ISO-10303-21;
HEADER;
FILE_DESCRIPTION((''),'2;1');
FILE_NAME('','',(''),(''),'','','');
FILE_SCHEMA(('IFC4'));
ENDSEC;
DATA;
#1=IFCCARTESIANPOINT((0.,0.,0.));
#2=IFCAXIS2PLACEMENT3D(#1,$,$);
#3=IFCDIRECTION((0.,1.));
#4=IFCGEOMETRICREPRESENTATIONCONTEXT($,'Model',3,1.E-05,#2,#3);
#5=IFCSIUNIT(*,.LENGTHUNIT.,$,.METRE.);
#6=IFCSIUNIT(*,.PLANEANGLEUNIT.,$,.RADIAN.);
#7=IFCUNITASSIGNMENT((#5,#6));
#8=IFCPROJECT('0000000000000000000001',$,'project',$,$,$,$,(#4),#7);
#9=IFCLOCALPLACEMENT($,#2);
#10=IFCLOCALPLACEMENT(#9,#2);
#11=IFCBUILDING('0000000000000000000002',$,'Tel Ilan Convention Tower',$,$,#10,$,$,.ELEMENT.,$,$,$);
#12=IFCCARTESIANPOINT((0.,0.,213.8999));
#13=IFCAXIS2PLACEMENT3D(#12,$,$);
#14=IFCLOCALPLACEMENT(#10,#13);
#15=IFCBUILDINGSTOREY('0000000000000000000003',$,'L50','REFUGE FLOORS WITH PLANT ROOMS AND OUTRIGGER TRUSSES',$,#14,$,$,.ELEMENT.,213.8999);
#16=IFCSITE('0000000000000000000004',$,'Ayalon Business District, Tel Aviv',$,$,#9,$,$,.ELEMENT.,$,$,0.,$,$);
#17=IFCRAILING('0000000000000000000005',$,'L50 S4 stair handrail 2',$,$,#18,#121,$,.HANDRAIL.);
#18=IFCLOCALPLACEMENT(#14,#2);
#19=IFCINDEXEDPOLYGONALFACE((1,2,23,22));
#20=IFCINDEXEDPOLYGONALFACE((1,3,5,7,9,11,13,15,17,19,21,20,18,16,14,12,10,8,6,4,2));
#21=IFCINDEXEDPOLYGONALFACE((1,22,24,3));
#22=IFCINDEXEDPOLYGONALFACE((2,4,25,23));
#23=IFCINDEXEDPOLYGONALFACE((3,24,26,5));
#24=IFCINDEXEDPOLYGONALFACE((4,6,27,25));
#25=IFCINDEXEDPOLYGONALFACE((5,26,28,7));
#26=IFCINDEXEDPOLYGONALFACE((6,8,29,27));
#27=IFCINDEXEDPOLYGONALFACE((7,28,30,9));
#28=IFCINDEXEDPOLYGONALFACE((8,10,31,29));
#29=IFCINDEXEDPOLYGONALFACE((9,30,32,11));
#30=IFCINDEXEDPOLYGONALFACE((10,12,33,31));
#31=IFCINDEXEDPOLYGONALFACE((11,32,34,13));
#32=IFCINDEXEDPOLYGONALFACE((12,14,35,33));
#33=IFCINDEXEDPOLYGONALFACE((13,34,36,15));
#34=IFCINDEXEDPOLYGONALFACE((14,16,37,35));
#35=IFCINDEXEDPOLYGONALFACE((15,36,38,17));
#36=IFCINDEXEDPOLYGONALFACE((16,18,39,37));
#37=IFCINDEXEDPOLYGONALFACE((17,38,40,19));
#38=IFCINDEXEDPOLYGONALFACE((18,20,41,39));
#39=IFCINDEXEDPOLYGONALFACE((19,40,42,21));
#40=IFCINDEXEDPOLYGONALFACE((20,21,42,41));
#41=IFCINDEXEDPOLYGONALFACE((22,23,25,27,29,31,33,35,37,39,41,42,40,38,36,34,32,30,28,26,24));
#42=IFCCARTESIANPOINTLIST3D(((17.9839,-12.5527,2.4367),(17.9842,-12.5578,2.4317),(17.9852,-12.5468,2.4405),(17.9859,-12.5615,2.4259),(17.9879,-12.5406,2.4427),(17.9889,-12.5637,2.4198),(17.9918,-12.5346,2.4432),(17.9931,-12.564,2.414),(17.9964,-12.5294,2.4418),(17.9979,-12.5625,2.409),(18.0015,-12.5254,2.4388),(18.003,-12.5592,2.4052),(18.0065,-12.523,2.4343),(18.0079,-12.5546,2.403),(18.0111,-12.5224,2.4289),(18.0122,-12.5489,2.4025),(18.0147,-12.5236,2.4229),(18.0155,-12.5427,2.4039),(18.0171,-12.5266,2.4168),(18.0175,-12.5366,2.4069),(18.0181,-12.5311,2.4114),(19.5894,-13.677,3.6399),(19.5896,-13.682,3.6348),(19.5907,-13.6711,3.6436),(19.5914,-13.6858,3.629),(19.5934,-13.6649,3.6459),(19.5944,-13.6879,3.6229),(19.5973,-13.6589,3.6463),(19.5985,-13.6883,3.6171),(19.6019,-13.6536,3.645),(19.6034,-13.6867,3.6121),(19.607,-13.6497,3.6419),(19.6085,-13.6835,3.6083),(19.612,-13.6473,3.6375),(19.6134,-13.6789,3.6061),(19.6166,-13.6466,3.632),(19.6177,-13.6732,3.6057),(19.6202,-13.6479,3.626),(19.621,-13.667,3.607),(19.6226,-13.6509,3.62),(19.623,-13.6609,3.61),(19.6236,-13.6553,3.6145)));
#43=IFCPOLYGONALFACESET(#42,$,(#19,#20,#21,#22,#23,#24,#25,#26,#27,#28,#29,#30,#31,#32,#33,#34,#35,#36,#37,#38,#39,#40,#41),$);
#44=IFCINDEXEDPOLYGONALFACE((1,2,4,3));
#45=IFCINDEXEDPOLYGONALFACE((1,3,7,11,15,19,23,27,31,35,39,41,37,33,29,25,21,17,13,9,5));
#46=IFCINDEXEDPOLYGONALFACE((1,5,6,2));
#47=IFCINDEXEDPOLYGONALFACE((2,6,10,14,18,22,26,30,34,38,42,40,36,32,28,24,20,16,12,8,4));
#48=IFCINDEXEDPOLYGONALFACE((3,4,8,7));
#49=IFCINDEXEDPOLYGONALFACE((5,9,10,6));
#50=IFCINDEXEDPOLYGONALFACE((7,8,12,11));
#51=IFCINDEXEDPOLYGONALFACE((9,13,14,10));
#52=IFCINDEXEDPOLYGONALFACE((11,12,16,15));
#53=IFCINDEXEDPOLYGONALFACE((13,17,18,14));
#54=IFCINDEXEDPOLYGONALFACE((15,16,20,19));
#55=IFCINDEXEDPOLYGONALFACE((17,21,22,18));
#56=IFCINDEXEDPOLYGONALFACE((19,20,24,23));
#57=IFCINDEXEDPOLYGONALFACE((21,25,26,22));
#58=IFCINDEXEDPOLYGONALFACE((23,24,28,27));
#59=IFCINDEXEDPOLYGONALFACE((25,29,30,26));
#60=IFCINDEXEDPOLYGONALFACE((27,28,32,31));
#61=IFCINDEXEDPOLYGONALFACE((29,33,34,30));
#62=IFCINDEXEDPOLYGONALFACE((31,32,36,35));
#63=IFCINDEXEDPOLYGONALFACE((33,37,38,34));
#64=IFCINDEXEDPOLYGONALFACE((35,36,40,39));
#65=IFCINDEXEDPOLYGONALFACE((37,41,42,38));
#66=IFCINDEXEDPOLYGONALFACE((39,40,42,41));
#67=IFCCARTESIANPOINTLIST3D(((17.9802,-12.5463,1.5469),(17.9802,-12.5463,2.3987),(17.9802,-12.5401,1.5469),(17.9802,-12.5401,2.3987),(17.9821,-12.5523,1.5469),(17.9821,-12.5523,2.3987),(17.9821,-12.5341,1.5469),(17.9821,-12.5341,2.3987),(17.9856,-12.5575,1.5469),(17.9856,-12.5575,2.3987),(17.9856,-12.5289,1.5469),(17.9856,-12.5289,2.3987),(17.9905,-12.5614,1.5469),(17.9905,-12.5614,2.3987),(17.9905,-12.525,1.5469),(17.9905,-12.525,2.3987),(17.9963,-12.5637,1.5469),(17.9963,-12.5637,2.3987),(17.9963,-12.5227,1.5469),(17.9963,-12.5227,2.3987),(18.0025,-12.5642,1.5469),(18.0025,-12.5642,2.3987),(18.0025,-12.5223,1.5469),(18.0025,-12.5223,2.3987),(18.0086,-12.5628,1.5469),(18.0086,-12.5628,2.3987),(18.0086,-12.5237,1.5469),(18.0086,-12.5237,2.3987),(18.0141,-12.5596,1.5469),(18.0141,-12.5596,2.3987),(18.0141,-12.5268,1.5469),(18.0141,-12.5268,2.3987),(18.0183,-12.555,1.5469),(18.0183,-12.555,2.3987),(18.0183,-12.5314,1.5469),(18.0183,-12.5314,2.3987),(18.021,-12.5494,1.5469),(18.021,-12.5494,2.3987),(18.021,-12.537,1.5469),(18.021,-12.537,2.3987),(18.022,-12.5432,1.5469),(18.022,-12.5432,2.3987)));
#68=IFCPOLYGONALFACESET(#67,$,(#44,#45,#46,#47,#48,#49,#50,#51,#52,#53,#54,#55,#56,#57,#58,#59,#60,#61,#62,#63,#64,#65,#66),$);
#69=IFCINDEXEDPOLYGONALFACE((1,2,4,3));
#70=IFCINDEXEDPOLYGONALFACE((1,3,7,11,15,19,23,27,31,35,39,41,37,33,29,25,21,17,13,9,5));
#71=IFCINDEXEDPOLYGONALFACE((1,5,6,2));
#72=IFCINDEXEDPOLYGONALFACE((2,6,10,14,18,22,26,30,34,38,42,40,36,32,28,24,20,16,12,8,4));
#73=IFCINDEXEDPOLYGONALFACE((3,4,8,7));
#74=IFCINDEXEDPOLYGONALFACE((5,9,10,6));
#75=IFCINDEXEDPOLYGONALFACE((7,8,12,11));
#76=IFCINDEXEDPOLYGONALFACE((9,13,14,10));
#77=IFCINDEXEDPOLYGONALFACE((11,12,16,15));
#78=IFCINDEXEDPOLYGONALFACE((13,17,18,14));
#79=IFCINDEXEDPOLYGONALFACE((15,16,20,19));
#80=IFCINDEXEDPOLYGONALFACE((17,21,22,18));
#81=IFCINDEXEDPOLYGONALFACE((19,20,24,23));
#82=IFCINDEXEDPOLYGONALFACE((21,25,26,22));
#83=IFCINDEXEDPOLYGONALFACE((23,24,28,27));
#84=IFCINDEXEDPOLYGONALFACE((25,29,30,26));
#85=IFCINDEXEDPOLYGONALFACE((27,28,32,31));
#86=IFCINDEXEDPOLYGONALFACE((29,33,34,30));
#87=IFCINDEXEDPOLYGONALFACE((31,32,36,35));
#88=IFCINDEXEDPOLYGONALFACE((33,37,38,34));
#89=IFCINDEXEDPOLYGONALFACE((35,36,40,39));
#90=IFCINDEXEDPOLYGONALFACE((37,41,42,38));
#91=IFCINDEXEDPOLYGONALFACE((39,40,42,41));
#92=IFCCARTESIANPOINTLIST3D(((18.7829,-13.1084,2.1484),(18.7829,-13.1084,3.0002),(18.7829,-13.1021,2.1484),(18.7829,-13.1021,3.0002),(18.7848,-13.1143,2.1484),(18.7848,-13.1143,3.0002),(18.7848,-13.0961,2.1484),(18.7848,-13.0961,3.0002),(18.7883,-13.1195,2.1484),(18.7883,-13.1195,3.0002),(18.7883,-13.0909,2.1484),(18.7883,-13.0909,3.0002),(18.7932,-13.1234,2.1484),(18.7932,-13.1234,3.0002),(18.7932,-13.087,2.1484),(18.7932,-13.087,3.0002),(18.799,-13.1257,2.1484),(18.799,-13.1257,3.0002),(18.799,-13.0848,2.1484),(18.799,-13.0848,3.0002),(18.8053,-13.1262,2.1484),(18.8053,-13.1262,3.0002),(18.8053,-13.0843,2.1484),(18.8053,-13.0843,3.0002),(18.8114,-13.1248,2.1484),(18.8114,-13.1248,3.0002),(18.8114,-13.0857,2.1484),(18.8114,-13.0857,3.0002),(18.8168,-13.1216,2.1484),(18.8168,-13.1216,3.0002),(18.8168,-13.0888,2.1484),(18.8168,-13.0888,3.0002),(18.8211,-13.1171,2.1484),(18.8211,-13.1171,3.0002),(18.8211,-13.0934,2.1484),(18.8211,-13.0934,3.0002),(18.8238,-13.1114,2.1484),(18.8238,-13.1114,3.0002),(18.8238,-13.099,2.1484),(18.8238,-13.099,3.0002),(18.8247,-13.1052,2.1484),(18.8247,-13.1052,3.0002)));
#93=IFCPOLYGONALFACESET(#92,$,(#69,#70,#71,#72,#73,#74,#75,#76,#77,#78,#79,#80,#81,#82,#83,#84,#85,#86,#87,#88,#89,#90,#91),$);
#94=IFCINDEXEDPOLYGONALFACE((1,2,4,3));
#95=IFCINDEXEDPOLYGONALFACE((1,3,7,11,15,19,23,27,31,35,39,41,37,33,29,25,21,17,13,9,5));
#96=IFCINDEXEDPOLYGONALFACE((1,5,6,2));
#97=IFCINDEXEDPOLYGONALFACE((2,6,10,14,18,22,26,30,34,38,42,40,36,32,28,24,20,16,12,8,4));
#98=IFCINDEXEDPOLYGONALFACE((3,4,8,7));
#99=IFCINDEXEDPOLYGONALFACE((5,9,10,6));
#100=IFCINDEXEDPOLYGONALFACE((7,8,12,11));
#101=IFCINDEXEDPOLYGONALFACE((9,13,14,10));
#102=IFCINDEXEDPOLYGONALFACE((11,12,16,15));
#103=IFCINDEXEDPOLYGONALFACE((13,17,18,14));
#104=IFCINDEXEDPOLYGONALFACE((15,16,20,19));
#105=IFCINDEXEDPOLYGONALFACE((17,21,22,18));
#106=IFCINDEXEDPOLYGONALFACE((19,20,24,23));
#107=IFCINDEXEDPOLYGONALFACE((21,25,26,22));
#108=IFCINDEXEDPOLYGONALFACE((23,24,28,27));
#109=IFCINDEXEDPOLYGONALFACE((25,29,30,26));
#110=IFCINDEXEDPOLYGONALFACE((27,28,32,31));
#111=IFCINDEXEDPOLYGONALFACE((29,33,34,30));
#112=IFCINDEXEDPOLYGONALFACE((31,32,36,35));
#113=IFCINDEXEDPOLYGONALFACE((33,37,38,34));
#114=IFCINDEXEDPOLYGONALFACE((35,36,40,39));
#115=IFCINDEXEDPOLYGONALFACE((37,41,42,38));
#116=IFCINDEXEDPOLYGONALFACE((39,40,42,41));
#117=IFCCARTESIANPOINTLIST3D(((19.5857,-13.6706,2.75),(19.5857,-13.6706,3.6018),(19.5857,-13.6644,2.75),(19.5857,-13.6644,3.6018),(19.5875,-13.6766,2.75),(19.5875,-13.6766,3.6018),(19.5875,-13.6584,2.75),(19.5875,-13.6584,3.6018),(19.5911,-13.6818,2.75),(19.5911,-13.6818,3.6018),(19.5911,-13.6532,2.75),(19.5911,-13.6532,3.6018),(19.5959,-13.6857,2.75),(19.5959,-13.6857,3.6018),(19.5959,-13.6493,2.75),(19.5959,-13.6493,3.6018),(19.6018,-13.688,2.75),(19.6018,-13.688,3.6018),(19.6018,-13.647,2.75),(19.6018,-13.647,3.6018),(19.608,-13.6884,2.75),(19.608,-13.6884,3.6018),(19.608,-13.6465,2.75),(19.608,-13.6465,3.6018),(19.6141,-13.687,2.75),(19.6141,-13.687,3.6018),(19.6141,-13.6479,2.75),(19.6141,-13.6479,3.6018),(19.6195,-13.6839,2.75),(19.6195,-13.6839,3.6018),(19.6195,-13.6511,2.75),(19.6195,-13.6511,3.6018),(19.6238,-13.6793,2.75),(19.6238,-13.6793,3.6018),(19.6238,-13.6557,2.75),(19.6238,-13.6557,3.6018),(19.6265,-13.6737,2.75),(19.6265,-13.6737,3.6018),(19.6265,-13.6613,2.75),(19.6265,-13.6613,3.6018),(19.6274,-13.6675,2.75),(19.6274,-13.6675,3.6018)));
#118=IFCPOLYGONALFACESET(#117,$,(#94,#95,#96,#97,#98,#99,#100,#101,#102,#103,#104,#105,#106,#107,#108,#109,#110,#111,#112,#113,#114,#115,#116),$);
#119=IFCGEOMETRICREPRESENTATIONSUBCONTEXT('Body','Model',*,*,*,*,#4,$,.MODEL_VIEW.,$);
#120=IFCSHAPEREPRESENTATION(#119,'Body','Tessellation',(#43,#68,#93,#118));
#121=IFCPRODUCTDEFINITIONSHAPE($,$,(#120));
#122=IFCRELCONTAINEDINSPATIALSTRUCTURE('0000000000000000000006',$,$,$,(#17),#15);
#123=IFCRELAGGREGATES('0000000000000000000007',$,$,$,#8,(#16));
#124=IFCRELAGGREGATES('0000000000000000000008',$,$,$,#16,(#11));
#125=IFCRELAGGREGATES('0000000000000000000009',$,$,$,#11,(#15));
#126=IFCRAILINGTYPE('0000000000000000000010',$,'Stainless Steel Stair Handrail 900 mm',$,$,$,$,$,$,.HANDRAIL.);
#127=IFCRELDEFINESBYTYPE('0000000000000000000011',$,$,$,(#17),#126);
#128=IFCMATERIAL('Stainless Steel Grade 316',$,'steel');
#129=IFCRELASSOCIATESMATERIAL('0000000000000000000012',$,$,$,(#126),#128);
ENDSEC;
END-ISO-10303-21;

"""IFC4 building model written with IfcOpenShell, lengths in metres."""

from ifc_helpers import new_model, si_unit, direction, frame, origin, origin_2d, place, context, subcontext, project, spatial, circle, extrude, material, type_object, element, save


model = new_model("IFC4")

# Units and contexts
model_context = context("Model", 3, precision=1e-05, world=origin(), true_north=direction((0.0, 1.0)))
body_context = subcontext(model_context, "Body", "Model", "MODEL_VIEW")
ifc_project = project(units=[si_unit("LENGTHUNIT", "METRE"), si_unit("PLANEANGLEUNIT", "RADIAN")], contexts=[model_context])

# Site, building, storey
site_placement = place(None, origin())
site = spatial("IfcSite", under=ifc_project, at=site_placement, Name="Ayalon Business District, Tel Aviv", CompositionType="ELEMENT", RefElevation=0.0)
building_placement = place(site_placement, origin())
building = spatial("IfcBuilding", under=site, at=building_placement, Name="Tel Ilan Convention Tower", CompositionType="ELEMENT")
storey_placement = place(building_placement, frame((0.0, 0.0, 213.8999)))
storey = spatial("IfcBuildingStorey", under=building, at=storey_placement, Name="L50", Description="REFUGE FLOORS WITH PLANT ROOMS AND OUTRIGGER TRUSSES", CompositionType="ELEMENT", Elevation=213.8999)

# Railing
ifc_material_1 = material(Name="Stainless Steel Grade 316", Category="steel")
railing_type_1 = type_object("IfcRailingType", Name="Stainless Steel Stair Handrail 900 mm", PredefinedType="HANDRAIL", material=ifc_material_1)
for number, where, name in (
    (1, (18.001, -12.5432, 1.5469), "L50 S4 stair handrail 2"),
):
    element("IfcRailing", number, at=place(storey_placement, frame(where)), inside=storey, type_object=railing_type_1, Name=name, PredefinedType="HANDRAIL", context=body_context, shape_type="SweptSolid", body=[
        extrude(circle(Radius=0.0239, at=origin_2d()), frame((0.0, 0.0, 0.876), z_axis=(0.698095, -0.488857, 0.523146), x_axis=(0.573613, 0.819127, 0.0)), (0.0, 0.0, 1.0), 2.2998),
        extrude(circle(Radius=0.021, at=origin_2d()), origin(), (0.0, 0.0, 1.0), 0.8518),
        extrude(circle(Radius=0.021, at=origin_2d()), frame((0.8027, -0.562, 0.6016)), (0.0, 0.0, 1.0), 0.8518),
        extrude(circle(Radius=0.021, at=origin_2d()), frame((1.6055, -1.1243, 1.2031)), (0.0, 0.0, 1.0), 0.8518),
    ])

save(model, "model.ifc")
